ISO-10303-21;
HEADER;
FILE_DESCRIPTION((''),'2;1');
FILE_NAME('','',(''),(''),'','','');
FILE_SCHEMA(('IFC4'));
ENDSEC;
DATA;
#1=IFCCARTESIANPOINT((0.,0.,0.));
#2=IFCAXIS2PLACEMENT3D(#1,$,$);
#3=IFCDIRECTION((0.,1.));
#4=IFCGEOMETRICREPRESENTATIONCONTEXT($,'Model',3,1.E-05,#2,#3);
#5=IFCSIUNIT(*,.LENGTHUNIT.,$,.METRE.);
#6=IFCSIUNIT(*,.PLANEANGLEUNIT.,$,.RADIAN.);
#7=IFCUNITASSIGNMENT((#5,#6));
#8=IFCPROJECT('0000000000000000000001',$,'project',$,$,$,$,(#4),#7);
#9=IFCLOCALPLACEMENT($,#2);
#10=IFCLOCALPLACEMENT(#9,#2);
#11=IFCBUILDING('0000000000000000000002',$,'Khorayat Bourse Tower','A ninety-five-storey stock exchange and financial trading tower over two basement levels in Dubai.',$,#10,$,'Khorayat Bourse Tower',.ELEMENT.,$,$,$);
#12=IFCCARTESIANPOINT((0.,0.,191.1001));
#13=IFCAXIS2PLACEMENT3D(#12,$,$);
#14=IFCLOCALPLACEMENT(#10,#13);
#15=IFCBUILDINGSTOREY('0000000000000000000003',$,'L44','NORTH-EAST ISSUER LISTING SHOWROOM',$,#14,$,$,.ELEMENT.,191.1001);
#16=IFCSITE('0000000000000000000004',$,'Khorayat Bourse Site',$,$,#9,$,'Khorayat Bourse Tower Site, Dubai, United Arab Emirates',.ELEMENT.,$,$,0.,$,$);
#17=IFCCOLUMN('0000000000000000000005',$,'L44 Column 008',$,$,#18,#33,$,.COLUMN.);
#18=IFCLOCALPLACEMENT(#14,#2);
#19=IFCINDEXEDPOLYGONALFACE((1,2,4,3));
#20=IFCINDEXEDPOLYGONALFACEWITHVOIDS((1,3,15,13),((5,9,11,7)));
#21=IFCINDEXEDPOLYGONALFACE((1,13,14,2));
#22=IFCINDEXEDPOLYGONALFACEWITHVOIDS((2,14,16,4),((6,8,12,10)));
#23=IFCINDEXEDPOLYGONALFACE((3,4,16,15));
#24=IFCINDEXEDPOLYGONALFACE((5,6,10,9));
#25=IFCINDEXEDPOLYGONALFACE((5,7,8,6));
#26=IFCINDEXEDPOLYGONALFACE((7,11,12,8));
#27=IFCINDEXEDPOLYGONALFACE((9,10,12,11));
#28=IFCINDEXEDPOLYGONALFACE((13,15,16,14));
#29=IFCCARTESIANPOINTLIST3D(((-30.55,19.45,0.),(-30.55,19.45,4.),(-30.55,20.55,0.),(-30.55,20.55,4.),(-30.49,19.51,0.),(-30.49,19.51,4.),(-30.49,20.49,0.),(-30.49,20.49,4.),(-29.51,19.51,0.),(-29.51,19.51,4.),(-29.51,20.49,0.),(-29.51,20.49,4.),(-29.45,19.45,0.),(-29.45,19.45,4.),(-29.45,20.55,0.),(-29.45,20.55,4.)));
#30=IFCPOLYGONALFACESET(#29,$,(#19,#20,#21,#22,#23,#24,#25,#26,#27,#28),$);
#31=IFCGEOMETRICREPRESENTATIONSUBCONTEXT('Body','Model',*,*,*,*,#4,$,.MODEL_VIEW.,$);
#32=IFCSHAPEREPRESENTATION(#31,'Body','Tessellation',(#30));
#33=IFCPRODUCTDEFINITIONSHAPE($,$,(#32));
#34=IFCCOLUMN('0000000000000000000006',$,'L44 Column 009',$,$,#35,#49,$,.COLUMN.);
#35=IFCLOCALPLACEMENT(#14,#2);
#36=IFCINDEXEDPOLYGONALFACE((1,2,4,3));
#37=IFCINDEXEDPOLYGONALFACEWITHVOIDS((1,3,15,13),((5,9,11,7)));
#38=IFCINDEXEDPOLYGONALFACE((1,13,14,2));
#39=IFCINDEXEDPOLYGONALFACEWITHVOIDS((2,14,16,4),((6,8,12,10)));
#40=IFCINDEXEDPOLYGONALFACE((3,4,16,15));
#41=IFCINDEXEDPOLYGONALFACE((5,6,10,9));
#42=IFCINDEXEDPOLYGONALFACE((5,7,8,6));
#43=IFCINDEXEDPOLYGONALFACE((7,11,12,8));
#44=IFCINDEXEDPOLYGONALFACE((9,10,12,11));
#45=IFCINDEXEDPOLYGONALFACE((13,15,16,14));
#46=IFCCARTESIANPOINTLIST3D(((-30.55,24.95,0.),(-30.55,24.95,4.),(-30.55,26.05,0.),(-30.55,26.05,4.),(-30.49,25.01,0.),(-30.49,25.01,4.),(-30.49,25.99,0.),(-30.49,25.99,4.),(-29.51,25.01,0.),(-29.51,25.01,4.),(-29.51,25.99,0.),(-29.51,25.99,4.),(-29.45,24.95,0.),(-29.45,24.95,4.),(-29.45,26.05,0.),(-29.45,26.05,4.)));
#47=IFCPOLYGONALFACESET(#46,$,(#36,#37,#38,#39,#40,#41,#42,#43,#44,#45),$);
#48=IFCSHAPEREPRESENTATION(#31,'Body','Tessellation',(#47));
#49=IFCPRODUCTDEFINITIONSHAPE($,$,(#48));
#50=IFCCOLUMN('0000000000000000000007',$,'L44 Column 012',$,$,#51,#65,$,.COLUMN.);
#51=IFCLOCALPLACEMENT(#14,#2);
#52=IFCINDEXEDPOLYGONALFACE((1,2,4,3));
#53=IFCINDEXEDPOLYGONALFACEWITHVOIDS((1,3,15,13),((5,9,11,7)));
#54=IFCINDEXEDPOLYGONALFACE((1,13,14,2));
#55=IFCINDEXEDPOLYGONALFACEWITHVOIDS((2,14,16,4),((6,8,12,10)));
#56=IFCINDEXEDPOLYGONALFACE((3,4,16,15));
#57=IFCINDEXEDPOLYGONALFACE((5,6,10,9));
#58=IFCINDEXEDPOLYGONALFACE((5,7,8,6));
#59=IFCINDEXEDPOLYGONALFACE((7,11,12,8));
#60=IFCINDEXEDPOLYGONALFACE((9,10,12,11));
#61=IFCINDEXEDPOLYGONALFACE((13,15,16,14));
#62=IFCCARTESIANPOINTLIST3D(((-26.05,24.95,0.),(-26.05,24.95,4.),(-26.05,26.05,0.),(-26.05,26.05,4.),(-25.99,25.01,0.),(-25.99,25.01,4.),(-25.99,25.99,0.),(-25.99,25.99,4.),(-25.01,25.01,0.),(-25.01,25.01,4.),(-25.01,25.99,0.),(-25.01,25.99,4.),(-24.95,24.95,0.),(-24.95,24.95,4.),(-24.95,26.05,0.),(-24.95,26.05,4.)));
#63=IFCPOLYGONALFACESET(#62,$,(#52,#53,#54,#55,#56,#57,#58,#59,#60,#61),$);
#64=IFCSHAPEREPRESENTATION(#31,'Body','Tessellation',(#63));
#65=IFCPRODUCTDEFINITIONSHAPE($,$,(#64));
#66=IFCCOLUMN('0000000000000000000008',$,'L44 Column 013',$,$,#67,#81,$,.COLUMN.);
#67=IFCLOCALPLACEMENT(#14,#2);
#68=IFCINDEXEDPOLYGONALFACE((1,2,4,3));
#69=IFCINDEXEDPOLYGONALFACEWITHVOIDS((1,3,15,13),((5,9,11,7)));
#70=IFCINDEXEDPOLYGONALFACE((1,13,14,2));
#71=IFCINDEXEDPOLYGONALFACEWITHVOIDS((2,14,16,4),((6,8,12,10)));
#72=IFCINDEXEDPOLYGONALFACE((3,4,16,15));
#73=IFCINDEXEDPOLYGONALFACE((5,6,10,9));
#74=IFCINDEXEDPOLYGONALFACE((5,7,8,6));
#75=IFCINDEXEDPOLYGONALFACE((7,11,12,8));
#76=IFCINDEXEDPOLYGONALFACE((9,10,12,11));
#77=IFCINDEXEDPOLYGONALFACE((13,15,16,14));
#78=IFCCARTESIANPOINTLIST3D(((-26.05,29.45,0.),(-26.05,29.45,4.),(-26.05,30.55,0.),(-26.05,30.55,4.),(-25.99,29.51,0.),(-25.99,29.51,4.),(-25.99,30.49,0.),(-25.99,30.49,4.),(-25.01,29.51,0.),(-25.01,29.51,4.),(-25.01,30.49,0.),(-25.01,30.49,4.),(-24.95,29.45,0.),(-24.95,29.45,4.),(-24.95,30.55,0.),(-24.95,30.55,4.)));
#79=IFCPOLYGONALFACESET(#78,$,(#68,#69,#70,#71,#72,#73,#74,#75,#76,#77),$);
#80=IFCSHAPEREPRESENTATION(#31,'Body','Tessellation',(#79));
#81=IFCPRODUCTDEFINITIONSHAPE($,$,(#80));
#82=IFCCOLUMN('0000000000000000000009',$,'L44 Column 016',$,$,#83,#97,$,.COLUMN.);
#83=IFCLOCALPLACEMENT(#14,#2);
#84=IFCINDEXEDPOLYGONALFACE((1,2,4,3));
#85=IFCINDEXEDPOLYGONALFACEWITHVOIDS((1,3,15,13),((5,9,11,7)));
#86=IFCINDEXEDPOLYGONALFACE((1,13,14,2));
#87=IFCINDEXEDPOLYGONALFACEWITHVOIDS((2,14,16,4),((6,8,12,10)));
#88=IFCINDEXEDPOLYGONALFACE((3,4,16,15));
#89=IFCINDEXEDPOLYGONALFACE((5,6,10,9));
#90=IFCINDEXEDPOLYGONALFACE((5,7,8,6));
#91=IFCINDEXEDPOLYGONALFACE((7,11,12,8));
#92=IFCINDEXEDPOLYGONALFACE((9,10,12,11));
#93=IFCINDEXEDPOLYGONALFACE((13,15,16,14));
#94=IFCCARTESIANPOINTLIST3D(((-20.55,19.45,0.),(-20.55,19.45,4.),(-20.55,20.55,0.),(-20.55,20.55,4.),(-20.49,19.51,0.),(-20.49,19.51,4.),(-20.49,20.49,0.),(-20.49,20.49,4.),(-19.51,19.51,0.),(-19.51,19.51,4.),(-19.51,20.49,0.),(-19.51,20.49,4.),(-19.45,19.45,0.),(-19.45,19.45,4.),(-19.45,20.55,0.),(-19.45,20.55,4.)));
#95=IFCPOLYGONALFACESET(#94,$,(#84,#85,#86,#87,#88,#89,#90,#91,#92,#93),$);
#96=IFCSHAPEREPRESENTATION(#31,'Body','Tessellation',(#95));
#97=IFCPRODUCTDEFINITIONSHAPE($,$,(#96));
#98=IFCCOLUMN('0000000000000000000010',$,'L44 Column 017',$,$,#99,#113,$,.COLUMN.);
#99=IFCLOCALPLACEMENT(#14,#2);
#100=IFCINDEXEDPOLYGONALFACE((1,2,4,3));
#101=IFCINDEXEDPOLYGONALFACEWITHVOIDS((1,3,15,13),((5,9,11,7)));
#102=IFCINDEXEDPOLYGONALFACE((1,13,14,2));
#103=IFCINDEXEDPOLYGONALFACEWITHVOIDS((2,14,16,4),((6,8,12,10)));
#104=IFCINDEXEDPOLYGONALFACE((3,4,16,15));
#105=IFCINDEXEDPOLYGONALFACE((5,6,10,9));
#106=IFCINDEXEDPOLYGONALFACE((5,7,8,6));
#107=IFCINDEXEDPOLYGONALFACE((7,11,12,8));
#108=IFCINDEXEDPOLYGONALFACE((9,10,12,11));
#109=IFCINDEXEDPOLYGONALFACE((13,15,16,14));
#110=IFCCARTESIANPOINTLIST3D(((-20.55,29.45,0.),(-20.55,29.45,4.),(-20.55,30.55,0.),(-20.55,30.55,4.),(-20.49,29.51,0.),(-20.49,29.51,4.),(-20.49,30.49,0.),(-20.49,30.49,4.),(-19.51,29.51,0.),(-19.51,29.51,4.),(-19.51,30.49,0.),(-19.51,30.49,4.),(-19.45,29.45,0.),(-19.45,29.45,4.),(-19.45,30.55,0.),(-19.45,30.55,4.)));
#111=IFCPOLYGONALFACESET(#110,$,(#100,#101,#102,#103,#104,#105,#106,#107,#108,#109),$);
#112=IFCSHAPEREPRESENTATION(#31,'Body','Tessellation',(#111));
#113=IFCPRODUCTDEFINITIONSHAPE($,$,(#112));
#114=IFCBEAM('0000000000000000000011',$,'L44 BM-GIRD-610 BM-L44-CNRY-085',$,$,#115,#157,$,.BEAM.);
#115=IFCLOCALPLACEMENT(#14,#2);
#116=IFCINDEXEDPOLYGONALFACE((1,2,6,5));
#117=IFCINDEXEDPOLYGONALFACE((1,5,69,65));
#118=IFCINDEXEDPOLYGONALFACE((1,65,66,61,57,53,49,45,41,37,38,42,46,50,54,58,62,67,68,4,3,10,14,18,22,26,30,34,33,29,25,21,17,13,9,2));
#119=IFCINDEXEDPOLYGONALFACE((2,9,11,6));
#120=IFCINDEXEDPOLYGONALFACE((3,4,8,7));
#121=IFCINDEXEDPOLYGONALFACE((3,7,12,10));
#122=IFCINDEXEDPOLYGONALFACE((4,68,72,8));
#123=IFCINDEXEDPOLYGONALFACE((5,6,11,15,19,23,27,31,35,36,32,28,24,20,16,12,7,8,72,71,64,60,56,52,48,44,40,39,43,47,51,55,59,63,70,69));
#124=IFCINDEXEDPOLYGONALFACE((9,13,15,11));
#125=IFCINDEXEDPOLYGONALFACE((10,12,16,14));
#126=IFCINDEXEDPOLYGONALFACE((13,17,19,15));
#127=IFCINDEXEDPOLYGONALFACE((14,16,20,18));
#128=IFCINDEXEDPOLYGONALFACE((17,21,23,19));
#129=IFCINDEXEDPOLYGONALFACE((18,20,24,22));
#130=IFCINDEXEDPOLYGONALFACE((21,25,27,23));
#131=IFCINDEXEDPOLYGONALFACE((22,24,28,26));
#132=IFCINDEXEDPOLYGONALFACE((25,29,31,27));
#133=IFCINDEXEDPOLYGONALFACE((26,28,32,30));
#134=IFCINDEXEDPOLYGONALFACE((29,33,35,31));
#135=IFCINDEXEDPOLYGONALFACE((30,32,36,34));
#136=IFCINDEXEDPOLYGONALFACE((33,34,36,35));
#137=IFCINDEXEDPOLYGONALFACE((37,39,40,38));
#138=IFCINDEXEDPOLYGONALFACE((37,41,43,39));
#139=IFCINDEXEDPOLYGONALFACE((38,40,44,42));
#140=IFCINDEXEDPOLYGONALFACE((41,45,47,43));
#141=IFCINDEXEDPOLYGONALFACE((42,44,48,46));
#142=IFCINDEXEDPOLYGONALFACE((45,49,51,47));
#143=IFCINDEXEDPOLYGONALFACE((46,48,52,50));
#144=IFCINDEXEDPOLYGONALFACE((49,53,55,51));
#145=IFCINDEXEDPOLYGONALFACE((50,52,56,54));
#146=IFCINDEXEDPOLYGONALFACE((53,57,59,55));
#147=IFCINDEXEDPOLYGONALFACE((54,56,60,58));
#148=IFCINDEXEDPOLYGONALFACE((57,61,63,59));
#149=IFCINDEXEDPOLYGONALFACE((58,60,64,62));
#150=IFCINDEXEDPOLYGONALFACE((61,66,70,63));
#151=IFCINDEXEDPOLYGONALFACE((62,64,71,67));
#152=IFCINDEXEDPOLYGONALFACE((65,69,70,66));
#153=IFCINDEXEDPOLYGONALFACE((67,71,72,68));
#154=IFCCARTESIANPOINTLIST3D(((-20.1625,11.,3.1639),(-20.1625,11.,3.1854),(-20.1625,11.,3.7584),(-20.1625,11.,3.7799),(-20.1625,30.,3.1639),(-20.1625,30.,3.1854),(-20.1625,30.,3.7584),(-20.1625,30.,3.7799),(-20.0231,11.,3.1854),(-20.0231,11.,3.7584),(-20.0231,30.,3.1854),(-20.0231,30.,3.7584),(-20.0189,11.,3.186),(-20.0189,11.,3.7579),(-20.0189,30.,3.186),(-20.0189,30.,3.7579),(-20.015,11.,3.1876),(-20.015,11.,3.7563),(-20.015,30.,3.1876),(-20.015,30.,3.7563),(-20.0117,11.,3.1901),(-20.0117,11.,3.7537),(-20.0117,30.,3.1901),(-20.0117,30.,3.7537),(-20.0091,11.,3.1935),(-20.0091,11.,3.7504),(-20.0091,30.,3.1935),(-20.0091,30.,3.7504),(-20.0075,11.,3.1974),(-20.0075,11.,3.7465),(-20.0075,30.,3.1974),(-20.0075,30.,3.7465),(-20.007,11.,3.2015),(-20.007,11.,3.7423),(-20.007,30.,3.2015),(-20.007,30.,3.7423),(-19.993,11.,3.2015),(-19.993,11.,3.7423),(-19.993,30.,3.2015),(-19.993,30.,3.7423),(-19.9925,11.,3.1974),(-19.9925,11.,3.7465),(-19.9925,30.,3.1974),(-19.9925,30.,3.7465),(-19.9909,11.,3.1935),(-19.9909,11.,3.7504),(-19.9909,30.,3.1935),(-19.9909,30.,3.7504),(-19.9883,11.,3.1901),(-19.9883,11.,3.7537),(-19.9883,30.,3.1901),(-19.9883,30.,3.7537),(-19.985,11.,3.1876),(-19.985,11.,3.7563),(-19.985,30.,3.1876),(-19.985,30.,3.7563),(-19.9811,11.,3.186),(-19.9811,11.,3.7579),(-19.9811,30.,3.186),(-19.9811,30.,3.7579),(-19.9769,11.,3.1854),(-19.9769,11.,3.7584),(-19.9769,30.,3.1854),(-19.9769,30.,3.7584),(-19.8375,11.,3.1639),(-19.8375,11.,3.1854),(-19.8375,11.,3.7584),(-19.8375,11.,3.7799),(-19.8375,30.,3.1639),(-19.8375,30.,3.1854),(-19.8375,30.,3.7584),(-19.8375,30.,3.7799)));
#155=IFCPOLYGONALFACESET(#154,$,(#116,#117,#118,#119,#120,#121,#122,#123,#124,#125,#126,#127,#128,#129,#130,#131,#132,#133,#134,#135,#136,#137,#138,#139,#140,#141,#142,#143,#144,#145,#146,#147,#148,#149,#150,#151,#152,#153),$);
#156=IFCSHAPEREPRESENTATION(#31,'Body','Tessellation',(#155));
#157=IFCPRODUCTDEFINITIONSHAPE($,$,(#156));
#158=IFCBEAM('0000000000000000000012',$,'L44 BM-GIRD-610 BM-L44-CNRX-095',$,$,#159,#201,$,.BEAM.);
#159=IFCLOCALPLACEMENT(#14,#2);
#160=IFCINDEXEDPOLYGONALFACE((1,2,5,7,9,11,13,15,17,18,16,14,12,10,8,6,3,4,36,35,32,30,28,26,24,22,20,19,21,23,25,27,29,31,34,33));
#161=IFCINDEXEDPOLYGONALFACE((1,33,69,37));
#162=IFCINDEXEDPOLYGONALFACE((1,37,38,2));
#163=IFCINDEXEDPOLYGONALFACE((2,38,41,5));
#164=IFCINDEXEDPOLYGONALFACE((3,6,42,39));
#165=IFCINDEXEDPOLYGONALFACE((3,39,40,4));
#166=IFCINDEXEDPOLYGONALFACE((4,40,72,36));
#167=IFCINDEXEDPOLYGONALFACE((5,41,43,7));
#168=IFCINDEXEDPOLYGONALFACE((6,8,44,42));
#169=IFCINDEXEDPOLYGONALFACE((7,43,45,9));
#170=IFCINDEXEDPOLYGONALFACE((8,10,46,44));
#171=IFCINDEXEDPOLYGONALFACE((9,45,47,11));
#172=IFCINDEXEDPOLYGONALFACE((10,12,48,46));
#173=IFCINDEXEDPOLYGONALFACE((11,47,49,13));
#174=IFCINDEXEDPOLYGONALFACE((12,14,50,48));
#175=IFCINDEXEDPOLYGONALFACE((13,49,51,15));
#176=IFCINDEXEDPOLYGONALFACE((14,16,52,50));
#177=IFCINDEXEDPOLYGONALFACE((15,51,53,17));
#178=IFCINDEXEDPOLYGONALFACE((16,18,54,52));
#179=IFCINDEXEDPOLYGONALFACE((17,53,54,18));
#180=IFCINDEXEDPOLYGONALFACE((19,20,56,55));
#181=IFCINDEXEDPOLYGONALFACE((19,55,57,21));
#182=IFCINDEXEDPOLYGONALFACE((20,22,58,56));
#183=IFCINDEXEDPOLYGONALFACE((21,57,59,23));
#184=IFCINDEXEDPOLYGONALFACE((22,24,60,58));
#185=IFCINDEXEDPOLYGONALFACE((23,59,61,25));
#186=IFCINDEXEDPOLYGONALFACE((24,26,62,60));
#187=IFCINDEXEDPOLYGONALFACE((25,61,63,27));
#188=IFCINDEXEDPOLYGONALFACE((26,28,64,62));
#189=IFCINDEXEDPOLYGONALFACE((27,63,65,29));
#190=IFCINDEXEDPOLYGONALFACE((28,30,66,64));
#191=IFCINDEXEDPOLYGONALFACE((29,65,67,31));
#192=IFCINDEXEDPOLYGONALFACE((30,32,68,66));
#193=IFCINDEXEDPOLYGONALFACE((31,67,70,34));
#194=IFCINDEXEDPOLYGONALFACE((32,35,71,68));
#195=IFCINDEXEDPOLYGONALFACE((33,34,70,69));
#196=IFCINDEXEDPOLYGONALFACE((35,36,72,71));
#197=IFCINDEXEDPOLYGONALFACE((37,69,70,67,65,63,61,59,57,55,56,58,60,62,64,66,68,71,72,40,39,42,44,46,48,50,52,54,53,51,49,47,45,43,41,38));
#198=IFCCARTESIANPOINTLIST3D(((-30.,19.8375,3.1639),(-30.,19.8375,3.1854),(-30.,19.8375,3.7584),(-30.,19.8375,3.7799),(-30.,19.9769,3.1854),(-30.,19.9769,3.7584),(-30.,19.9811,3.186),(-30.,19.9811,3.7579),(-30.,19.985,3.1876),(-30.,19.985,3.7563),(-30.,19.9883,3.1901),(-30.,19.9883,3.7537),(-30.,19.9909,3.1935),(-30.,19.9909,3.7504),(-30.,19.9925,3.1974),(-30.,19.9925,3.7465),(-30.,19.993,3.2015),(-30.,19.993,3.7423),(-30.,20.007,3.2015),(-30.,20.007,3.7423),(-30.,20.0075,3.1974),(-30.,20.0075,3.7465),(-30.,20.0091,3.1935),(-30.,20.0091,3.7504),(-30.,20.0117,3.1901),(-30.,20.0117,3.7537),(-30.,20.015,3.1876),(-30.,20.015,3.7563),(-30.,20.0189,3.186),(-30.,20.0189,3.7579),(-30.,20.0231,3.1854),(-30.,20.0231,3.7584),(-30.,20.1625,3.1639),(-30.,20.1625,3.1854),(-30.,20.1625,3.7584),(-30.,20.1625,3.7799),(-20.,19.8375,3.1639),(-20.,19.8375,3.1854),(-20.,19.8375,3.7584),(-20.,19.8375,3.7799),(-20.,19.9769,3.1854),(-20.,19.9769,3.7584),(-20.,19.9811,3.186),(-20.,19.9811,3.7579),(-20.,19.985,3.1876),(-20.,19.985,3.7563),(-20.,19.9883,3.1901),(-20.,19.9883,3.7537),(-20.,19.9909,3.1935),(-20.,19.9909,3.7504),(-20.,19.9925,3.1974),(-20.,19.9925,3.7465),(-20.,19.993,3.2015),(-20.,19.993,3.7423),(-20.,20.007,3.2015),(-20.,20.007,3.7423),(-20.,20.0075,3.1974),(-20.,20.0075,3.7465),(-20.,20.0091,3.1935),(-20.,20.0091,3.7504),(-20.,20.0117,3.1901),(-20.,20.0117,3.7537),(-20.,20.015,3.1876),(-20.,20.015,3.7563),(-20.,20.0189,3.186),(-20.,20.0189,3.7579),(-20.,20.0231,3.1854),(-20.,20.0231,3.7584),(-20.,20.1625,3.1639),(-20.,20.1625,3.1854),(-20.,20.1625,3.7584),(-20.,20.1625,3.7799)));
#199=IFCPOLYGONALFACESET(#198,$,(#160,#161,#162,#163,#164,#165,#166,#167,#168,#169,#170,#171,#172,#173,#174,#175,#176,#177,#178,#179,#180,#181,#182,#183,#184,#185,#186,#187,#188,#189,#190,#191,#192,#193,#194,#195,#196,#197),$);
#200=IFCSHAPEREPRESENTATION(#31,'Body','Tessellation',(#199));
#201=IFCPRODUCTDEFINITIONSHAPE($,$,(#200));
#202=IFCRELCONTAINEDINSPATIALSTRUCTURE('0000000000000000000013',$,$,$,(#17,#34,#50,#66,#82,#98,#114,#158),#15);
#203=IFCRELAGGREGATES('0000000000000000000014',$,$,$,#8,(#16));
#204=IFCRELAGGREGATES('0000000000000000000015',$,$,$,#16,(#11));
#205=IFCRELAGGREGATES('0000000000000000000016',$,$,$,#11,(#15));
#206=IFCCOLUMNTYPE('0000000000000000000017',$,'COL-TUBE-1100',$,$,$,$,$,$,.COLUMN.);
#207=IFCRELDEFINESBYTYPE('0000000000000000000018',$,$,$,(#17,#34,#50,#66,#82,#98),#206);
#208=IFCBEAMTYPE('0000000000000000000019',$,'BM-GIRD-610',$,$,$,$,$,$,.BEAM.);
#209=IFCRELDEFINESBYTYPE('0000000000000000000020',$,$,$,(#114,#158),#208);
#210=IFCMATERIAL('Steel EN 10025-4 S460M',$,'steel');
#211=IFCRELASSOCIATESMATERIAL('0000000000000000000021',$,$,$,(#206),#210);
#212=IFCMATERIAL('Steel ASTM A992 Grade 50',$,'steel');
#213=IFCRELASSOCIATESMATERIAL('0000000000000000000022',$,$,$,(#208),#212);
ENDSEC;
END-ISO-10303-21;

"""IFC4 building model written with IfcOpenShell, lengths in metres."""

from ifc_helpers import new_model, si_unit, direction, frame, origin, origin_2d, place, context, subcontext, project, spatial, hollow_rectangle, i_section, extrude, source, transform, mapped, material, material_profile, profile_set, type_object, element, save


model = new_model("IFC4")

# Units and contexts
model_context = context("Model", 3, precision=1e-05, world=origin(), true_north=direction((0.0, 1.0)))
body_context = subcontext(model_context, "Body", "Model", "MODEL_VIEW")
ifc_project = project(units=[si_unit("LENGTHUNIT", "METRE"), si_unit("PLANEANGLEUNIT", "RADIAN")], contexts=[model_context])

# Site, building, storey
site_placement = place(None, origin())
site = spatial("IfcSite", under=ifc_project, at=site_placement, Name="Khorayat Bourse Site", LongName="Khorayat Bourse Tower Site, Dubai, United Arab Emirates", CompositionType="ELEMENT", RefElevation=0.0)
building_placement = place(site_placement, origin())
building = spatial("IfcBuilding", under=site, at=building_placement, Name="Khorayat Bourse Tower", Description="A ninety-five-storey stock exchange and financial trading tower over two basement levels in Dubai.", LongName="Khorayat Bourse Tower", CompositionType="ELEMENT")
storey_placement = place(building_placement, frame((0.0, 0.0, 191.1001)))
storey = spatial("IfcBuildingStorey", under=building, at=storey_placement, Name="L44", Description="NORTH-EAST ISSUER LISTING SHOWROOM", CompositionType="ELEMENT", Elevation=191.1001)

# Columns
ifc_material_1 = material(Name="Steel EN 10025-4 S460M", Category="steel")
ifc_material_profile_1 = material_profile(ifc_material_1, hollow_rectangle(XDim=1.1001, YDim=1.1001, WallThickness=0.0601, at=origin_2d()), Name="BOX 1100x1100x60")
ifc_profile_set_1 = profile_set([ifc_material_profile_1], Name="Steel EN 10025-4 S460M")
column_type = type_object("IfcColumnType", Name="COL-TUBE-1100", PredefinedType="COLUMN", material=ifc_profile_set_1)
shared_shape_1 = source(origin(), body_context, "Body", "SweptSolid", [
    extrude(hollow_rectangle(XDim=1.1001, YDim=1.1001, WallThickness=0.0601, at=origin_2d()), origin(), (0.0, 0.0, 1.0), 4.0),
])
for number, where, z_axis, x_axis, name in (
    (1, (-30.0, 20.0, 0.0), (0.0, 0.0, 1.0), (1.0, 0.0, 0.0), "L44 Column 008"),
    (2, (-30.0, 25.5, 0.0), (0.0, 0.0, 1.0), (1.0, 0.0, 0.0), "L44 Column 009"),
    (3, (-25.5, 25.5, 0.0), (0.0, 0.0, 1.0), (1.0, 0.0, 0.0), "L44 Column 012"),
    (4, (-25.5, 30.0, 0.0), (0.0, 0.0, 1.0), (1.0, 0.0, 0.0), "L44 Column 013"),
    (5, (-20.0, 20.0, 0.0), (0.0, 0.0, 1.0), (1.0, 0.0, 0.0), "L44 Column 016"),
    (6, (-20.0, 30.0, 0.0), (0.0, 0.0, 1.0), (1.0, 0.0, 0.0), "L44 Column 017"),
):
    element("IfcColumn", number, at=place(storey_placement, frame(where, z_axis=z_axis, x_axis=x_axis)), inside=storey, type_object=column_type, Name=name, PredefinedType="COLUMN", context=body_context, shape_type="MappedRepresentation", body=[
        mapped(shared_shape_1, transform((0.0, 0.0, 0.0), scale=1.0)),
    ])

# Beams
ifc_material_2 = material(Name="Steel ASTM A992 Grade 50", Category="steel")
ifc_material_profile_2 = material_profile(ifc_material_2, i_section(OverallWidth=0.325, OverallDepth=0.616, WebThickness=0.0139, FlangeThickness=0.0215, FilletRadius=0.0161, at=origin_2d()), Name="W610X174")
ifc_profile_set_2 = profile_set([ifc_material_profile_2], Name="Steel ASTM A992 Grade 50")
beam_type_1 = type_object("IfcBeamType", Name="BM-GIRD-610", PredefinedType="BEAM", material=ifc_profile_set_2)
shared_shape_2 = source(origin(), body_context, "Body", "SweptSolid", [
    extrude(i_section(OverallWidth=0.325, OverallDepth=0.616, WebThickness=0.0139, FlangeThickness=0.0215, FilletRadius=0.0161, at=origin_2d()), origin(), (0.0, 0.0, 1.0), 19.0),
])
beam_1_placement = place(storey_placement, frame((-20.0, 11.0, 3.4719), z_axis=(0.0, 1.0, 0.0), x_axis=(-1.0, 0.0, 0.0)))
element("IfcBeam", 7, at=beam_1_placement, inside=storey, type_object=beam_type_1, Name="L44 BM-GIRD-610 BM-L44-CNRY-085", PredefinedType="BEAM", context=body_context, shape_type="MappedRepresentation", body=[
    mapped(shared_shape_2, transform((0.0, 0.0, 0.0), scale=1.0)),
])
shared_shape_3 = source(origin(), body_context, "Body", "SweptSolid", [
    extrude(i_section(OverallWidth=0.325, OverallDepth=0.616, WebThickness=0.0139, FlangeThickness=0.0215, FilletRadius=0.0161, at=origin_2d()), origin(), (0.0, 0.0, 1.0), 10.0),
])
beam_2_placement = place(storey_placement, frame((-30.0, 20.0, 3.4719), z_axis=(1.0, 0.0, 0.0), x_axis=(0.0, 1.0, 0.0)))
element("IfcBeam", 8, at=beam_2_placement, inside=storey, type_object=beam_type_1, Name="L44 BM-GIRD-610 BM-L44-CNRX-095", PredefinedType="BEAM", context=body_context, shape_type="MappedRepresentation", body=[
    mapped(shared_shape_3, transform((0.0, 0.0, 0.0), scale=1.0)),
])

save(model, "model.ifc")
